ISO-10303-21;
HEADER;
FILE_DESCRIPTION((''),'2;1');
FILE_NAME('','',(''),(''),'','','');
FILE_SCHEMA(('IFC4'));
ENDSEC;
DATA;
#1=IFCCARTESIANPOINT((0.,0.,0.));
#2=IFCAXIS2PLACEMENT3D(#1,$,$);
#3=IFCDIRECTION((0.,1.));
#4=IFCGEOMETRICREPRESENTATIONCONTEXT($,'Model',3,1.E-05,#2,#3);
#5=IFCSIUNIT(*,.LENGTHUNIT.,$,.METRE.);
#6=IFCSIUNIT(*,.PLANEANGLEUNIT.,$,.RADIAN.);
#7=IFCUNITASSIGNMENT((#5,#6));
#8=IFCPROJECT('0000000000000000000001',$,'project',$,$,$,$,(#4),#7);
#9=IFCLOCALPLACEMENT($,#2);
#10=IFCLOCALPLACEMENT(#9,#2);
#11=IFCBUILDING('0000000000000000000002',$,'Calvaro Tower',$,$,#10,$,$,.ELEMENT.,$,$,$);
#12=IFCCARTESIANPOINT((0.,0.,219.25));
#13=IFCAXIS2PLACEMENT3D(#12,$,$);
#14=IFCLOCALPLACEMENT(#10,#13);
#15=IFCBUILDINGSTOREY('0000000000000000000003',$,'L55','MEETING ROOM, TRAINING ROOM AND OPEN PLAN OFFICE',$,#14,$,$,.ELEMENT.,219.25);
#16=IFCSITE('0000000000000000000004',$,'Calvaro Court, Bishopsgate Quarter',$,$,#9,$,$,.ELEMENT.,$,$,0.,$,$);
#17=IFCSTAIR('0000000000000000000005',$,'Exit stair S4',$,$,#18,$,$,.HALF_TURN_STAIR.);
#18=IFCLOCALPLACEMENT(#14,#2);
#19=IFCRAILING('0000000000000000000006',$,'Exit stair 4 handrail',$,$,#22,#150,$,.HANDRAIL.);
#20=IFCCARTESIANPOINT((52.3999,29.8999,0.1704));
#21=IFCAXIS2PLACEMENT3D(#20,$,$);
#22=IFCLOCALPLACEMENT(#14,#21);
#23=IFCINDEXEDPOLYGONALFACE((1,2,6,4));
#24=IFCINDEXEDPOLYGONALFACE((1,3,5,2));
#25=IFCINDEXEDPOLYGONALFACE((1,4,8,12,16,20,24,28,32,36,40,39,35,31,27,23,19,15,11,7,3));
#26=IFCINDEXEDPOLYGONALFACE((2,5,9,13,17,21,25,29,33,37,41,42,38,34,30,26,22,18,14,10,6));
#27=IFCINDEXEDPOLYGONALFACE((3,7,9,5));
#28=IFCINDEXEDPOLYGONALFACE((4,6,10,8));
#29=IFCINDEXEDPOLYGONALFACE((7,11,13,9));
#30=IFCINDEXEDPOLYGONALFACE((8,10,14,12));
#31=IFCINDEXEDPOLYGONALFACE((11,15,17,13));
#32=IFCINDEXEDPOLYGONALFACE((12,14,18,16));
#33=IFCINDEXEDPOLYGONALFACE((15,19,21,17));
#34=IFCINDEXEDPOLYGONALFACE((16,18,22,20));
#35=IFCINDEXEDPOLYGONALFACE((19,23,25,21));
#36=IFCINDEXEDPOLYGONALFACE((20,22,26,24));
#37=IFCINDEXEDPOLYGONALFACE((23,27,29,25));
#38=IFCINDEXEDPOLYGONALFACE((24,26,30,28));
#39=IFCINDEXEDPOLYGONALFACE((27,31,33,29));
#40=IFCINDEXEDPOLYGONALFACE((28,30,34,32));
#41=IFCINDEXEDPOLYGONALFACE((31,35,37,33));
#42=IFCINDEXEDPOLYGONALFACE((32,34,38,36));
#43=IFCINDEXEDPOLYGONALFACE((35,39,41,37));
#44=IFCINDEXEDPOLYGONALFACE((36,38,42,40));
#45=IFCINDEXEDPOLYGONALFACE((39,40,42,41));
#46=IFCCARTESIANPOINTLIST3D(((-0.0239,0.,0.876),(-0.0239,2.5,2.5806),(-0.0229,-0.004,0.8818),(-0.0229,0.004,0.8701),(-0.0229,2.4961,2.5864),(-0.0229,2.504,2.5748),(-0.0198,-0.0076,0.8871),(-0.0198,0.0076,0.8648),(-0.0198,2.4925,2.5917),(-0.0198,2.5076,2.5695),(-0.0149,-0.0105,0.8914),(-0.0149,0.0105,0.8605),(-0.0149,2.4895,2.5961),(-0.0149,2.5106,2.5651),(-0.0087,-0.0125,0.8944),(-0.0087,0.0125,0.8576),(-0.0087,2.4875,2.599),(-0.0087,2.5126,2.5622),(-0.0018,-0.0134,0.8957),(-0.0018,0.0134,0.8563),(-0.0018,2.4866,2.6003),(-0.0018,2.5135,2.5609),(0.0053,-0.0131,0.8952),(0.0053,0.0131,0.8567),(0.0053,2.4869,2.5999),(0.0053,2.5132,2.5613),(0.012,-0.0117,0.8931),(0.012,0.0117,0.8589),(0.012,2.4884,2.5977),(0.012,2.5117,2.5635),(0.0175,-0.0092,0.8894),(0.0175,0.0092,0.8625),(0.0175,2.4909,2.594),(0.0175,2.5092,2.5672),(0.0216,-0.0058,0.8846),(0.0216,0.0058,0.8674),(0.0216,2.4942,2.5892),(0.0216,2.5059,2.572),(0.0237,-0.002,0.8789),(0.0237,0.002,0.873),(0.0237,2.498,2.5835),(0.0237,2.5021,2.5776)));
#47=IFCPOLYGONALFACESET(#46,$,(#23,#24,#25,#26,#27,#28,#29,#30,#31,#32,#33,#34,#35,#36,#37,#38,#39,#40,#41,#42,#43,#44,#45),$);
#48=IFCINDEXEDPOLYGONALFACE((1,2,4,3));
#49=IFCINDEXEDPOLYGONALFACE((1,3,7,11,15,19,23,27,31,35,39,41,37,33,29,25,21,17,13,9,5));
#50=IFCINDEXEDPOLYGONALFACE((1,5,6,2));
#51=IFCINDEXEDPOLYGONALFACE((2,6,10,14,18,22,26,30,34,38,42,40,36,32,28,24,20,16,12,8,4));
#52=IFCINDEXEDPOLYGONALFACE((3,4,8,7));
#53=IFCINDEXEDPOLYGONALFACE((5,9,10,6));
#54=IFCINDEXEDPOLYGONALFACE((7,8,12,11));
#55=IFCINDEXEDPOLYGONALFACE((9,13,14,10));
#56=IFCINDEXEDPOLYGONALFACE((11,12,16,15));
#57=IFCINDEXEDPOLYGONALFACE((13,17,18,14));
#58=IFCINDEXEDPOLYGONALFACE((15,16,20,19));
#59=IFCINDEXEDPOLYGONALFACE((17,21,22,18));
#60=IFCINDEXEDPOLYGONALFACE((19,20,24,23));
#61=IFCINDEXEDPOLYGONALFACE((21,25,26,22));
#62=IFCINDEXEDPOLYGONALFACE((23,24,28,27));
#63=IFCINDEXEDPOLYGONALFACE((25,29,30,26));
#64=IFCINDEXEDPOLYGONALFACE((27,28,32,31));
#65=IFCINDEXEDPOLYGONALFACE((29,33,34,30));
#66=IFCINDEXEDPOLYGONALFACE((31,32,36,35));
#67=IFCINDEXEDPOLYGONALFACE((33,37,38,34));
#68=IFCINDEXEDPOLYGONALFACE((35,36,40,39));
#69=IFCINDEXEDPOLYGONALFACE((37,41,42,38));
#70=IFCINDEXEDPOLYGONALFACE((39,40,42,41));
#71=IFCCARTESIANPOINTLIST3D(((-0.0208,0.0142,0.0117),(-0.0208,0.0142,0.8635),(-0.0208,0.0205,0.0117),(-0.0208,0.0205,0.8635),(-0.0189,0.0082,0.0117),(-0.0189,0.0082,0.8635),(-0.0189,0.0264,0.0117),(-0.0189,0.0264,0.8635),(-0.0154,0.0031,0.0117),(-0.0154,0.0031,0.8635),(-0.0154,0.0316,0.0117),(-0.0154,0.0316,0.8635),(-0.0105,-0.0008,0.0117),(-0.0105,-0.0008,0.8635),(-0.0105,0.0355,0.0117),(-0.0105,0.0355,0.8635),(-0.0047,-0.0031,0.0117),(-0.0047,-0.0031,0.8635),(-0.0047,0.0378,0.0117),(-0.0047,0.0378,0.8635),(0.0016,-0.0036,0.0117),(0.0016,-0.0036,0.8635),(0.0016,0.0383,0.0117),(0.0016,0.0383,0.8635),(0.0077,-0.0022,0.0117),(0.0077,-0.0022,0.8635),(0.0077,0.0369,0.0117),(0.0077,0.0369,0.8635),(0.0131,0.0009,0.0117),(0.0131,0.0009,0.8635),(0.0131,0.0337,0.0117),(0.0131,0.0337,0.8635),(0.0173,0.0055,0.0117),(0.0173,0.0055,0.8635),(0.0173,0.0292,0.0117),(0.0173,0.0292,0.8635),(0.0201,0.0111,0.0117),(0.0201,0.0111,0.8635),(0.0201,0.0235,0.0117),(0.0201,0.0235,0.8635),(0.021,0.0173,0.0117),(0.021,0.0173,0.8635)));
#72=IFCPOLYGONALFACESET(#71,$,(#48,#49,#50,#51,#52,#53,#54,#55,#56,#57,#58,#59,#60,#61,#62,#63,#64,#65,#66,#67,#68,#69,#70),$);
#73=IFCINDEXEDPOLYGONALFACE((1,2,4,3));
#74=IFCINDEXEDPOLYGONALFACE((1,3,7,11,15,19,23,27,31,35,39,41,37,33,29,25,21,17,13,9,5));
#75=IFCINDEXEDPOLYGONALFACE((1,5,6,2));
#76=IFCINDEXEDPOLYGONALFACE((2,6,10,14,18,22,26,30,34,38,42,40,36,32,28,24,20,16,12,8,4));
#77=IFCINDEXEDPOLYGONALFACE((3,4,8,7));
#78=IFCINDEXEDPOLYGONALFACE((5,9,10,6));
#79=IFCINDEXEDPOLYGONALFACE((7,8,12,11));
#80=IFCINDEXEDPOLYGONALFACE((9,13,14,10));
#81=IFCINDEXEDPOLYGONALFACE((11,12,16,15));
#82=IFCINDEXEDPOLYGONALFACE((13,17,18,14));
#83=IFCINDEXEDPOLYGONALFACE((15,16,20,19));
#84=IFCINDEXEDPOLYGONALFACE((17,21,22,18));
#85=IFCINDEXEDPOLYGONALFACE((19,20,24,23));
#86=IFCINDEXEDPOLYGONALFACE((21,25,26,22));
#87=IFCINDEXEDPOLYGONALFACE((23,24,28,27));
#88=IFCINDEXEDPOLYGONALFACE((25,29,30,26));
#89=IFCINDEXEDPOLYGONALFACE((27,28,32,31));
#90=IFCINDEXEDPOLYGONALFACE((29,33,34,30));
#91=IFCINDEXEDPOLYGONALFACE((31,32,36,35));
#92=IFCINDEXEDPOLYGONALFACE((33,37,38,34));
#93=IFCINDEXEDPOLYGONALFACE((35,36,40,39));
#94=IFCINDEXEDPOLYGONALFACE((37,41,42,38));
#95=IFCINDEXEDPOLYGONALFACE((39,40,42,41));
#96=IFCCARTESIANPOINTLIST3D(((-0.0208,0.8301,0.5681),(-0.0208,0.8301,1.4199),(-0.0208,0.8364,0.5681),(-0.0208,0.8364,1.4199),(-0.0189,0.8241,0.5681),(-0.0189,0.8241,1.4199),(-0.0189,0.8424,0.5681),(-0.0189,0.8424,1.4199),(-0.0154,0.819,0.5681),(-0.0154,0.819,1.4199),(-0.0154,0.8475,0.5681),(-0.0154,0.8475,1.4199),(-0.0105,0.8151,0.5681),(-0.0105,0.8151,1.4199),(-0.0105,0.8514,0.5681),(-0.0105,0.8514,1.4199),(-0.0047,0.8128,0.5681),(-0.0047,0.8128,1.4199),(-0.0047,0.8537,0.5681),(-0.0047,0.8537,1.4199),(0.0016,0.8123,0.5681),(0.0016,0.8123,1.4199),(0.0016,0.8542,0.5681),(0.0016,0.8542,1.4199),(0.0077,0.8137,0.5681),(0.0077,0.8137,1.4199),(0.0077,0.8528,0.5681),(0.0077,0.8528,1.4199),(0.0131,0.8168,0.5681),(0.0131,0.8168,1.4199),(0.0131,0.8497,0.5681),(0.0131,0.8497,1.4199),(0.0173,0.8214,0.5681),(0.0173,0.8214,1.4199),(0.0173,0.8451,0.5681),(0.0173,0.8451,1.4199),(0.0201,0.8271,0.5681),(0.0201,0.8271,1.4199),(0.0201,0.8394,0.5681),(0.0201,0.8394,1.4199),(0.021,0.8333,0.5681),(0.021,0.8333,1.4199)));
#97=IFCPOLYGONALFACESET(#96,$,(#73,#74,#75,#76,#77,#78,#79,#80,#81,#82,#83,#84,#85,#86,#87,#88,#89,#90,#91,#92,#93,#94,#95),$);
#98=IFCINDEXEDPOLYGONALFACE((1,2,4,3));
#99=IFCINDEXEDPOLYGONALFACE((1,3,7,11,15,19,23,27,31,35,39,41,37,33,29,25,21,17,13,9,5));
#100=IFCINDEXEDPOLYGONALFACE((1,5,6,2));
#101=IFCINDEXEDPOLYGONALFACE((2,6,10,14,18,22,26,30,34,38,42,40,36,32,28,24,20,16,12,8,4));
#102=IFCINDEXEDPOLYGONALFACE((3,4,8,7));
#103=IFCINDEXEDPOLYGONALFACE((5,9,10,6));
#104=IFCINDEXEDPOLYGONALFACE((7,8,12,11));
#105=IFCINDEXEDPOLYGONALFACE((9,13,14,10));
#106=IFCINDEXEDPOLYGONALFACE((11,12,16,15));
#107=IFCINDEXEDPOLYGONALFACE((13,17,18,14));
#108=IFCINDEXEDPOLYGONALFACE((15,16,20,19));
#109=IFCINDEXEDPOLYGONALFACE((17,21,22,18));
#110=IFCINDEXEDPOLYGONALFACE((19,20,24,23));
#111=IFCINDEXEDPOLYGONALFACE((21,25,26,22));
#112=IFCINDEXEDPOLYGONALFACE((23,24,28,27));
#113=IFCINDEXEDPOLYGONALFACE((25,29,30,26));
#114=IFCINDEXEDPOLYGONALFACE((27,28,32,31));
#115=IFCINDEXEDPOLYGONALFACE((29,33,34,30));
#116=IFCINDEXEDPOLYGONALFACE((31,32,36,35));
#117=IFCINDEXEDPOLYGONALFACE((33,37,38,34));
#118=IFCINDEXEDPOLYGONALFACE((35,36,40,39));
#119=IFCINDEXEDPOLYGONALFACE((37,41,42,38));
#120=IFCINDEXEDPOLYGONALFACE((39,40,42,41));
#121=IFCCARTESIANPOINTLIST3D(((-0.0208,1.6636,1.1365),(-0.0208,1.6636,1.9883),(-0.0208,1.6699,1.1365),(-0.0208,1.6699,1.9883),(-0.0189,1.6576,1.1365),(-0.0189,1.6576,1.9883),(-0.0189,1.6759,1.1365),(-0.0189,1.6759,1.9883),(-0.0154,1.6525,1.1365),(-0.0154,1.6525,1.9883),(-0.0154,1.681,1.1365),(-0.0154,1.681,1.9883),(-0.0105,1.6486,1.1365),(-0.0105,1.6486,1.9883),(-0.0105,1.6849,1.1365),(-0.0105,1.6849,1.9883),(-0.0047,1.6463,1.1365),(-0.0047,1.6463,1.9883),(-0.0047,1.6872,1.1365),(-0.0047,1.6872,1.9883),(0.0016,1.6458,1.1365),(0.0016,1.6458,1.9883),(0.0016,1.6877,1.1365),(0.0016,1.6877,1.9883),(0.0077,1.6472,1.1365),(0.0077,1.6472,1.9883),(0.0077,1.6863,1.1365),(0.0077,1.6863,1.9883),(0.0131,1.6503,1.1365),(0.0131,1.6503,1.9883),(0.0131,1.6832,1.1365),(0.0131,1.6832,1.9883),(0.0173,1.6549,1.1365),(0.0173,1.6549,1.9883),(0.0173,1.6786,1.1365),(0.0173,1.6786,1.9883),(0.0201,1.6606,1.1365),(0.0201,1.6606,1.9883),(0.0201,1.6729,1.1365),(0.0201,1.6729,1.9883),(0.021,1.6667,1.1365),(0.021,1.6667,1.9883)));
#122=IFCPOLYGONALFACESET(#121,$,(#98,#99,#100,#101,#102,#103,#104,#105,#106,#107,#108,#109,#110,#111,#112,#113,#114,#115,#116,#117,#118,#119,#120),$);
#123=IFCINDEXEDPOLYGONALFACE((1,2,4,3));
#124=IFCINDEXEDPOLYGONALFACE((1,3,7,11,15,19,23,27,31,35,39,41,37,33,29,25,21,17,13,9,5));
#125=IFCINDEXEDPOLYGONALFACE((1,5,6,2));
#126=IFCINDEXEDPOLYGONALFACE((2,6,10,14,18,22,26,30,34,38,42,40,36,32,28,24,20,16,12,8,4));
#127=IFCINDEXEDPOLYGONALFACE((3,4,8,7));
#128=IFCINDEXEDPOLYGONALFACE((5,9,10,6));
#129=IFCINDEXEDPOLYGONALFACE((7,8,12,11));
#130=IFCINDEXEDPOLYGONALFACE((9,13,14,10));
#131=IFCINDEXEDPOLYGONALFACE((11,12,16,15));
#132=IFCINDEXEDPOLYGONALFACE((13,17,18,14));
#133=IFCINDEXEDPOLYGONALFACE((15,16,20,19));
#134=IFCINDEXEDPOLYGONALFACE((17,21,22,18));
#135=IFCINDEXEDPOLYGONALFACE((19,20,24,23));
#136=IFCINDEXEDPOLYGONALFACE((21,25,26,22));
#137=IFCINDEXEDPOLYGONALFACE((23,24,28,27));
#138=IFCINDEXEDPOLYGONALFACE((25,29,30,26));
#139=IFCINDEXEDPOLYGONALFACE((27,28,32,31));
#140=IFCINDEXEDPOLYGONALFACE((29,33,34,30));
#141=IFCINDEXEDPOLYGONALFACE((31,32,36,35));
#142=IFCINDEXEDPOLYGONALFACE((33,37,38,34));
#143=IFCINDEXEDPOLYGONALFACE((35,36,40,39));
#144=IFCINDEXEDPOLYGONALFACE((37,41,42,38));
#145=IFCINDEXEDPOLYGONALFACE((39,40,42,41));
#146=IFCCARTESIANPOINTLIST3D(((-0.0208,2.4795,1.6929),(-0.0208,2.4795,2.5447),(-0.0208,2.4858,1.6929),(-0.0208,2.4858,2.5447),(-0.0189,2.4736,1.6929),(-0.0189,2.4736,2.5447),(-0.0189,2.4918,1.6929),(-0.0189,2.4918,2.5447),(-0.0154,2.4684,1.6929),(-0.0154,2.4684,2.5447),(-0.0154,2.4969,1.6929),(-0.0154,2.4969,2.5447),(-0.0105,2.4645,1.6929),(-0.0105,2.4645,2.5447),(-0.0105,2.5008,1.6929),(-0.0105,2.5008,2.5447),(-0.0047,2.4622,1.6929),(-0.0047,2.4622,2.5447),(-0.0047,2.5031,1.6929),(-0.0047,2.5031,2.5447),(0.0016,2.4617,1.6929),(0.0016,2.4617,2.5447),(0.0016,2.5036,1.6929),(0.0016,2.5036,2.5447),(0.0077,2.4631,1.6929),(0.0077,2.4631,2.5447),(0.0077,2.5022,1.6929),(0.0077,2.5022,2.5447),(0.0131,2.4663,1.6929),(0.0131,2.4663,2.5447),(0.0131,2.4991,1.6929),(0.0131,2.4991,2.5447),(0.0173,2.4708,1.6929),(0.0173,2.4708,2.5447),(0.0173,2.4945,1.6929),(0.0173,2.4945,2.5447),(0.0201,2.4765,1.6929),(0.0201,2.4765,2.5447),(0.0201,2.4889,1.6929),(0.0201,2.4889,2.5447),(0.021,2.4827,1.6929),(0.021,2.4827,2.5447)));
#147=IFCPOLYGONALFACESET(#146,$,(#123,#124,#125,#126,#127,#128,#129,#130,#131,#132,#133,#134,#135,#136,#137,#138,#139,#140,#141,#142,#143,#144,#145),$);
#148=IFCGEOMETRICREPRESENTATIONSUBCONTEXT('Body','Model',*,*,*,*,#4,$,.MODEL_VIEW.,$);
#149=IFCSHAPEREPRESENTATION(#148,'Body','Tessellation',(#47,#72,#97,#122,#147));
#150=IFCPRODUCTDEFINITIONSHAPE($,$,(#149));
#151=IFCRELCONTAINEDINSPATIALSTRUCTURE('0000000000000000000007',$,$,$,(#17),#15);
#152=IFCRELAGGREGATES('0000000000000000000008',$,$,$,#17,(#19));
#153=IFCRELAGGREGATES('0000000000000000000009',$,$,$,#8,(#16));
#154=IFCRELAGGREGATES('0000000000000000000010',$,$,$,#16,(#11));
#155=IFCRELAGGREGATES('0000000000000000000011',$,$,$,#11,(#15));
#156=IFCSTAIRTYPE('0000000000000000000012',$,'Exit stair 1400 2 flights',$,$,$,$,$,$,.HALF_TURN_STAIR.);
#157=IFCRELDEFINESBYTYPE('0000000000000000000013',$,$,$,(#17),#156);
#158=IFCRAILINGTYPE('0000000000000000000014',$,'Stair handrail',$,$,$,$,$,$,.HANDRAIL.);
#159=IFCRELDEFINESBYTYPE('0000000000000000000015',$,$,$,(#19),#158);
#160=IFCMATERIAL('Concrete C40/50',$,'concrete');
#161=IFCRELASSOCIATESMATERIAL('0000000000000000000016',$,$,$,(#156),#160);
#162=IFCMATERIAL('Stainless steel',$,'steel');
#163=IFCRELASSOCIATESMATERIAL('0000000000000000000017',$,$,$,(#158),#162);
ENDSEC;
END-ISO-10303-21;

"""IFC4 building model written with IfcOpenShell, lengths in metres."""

from ifc_helpers import new_model, si_unit, direction, frame, origin, origin_2d, place, context, subcontext, project, spatial, circle, extrude, material, type_object, element, aggregate, save


model = new_model("IFC4")

# Units and contexts
model_context = context("Model", 3, precision=1e-05, world=origin(), true_north=direction((0.0, 1.0)))
body_context = subcontext(model_context, "Body", "Model", "MODEL_VIEW")
ifc_project = project(units=[si_unit("LENGTHUNIT", "METRE"), si_unit("PLANEANGLEUNIT", "RADIAN")], contexts=[model_context])

# Site, building, storey
site_placement = place(None, origin())
site = spatial("IfcSite", under=ifc_project, at=site_placement, Name="Calvaro Court, Bishopsgate Quarter", CompositionType="ELEMENT", RefElevation=0.0)
building_placement = place(site_placement, origin())
building = spatial("IfcBuilding", under=site, at=building_placement, Name="Calvaro Tower", CompositionType="ELEMENT")
storey_placement = place(building_placement, frame((0.0, 0.0, 219.25)))
storey = spatial("IfcBuildingStorey", under=building, at=storey_placement, Name="L55", Description="MEETING ROOM, TRAINING ROOM AND OPEN PLAN OFFICE", CompositionType="ELEMENT", Elevation=219.25)

# Shared definitions
ifc_material_1 = material(Name="Concrete C40/50", Category="concrete")
stair_type = type_object("IfcStairType", Name="Exit stair 1400 2 flights", PredefinedType="HALF_TURN_STAIR", material=ifc_material_1)

# Stair
stair_1_placement = place(storey_placement, origin())
stair_1 = element("IfcStair", 1, at=stair_1_placement, inside=storey, type_object=stair_type, Name="Exit stair S4", PredefinedType="HALF_TURN_STAIR")

# Railing
ifc_material_2 = material(Name="Stainless steel", Category="steel")
railing_type = type_object("IfcRailingType", Name="Stair handrail", PredefinedType="HANDRAIL", material=ifc_material_2)
railing_1_placement = place(storey_placement, frame((52.3999, 29.8999, 0.1704)))
railing_1 = element("IfcRailing", 2, at=railing_1_placement, type_object=railing_type, Name="Exit stair 4 handrail", PredefinedType="HANDRAIL", context=body_context, shape_type="SweptSolid", body=[
    extrude(circle(Radius=0.0239, at=origin_2d()), frame((0.0, 0.0, 0.876), z_axis=(0.0, 0.826221, 0.563347), x_axis=(-1.0, 0.0, 0.0)), (0.0, 0.0, 1.0), 3.0259),
    extrude(circle(Radius=0.021, at=origin_2d()), frame((0.0, 0.0173, 0.0117)), (0.0, 0.0, 1.0), 0.8518),
    extrude(circle(Radius=0.021, at=origin_2d()), frame((0.0, 0.8333, 0.5681)), (0.0, 0.0, 1.0), 0.8518),
    extrude(circle(Radius=0.021, at=origin_2d()), frame((0.0, 1.6667, 1.1365)), (0.0, 0.0, 1.0), 0.8518),
    extrude(circle(Radius=0.021, at=origin_2d()), frame((0.0, 2.4827, 1.6929)), (0.0, 0.0, 1.0), 0.8518),
])
aggregate(stair_1, [railing_1])

save(model, "model.ifc")
